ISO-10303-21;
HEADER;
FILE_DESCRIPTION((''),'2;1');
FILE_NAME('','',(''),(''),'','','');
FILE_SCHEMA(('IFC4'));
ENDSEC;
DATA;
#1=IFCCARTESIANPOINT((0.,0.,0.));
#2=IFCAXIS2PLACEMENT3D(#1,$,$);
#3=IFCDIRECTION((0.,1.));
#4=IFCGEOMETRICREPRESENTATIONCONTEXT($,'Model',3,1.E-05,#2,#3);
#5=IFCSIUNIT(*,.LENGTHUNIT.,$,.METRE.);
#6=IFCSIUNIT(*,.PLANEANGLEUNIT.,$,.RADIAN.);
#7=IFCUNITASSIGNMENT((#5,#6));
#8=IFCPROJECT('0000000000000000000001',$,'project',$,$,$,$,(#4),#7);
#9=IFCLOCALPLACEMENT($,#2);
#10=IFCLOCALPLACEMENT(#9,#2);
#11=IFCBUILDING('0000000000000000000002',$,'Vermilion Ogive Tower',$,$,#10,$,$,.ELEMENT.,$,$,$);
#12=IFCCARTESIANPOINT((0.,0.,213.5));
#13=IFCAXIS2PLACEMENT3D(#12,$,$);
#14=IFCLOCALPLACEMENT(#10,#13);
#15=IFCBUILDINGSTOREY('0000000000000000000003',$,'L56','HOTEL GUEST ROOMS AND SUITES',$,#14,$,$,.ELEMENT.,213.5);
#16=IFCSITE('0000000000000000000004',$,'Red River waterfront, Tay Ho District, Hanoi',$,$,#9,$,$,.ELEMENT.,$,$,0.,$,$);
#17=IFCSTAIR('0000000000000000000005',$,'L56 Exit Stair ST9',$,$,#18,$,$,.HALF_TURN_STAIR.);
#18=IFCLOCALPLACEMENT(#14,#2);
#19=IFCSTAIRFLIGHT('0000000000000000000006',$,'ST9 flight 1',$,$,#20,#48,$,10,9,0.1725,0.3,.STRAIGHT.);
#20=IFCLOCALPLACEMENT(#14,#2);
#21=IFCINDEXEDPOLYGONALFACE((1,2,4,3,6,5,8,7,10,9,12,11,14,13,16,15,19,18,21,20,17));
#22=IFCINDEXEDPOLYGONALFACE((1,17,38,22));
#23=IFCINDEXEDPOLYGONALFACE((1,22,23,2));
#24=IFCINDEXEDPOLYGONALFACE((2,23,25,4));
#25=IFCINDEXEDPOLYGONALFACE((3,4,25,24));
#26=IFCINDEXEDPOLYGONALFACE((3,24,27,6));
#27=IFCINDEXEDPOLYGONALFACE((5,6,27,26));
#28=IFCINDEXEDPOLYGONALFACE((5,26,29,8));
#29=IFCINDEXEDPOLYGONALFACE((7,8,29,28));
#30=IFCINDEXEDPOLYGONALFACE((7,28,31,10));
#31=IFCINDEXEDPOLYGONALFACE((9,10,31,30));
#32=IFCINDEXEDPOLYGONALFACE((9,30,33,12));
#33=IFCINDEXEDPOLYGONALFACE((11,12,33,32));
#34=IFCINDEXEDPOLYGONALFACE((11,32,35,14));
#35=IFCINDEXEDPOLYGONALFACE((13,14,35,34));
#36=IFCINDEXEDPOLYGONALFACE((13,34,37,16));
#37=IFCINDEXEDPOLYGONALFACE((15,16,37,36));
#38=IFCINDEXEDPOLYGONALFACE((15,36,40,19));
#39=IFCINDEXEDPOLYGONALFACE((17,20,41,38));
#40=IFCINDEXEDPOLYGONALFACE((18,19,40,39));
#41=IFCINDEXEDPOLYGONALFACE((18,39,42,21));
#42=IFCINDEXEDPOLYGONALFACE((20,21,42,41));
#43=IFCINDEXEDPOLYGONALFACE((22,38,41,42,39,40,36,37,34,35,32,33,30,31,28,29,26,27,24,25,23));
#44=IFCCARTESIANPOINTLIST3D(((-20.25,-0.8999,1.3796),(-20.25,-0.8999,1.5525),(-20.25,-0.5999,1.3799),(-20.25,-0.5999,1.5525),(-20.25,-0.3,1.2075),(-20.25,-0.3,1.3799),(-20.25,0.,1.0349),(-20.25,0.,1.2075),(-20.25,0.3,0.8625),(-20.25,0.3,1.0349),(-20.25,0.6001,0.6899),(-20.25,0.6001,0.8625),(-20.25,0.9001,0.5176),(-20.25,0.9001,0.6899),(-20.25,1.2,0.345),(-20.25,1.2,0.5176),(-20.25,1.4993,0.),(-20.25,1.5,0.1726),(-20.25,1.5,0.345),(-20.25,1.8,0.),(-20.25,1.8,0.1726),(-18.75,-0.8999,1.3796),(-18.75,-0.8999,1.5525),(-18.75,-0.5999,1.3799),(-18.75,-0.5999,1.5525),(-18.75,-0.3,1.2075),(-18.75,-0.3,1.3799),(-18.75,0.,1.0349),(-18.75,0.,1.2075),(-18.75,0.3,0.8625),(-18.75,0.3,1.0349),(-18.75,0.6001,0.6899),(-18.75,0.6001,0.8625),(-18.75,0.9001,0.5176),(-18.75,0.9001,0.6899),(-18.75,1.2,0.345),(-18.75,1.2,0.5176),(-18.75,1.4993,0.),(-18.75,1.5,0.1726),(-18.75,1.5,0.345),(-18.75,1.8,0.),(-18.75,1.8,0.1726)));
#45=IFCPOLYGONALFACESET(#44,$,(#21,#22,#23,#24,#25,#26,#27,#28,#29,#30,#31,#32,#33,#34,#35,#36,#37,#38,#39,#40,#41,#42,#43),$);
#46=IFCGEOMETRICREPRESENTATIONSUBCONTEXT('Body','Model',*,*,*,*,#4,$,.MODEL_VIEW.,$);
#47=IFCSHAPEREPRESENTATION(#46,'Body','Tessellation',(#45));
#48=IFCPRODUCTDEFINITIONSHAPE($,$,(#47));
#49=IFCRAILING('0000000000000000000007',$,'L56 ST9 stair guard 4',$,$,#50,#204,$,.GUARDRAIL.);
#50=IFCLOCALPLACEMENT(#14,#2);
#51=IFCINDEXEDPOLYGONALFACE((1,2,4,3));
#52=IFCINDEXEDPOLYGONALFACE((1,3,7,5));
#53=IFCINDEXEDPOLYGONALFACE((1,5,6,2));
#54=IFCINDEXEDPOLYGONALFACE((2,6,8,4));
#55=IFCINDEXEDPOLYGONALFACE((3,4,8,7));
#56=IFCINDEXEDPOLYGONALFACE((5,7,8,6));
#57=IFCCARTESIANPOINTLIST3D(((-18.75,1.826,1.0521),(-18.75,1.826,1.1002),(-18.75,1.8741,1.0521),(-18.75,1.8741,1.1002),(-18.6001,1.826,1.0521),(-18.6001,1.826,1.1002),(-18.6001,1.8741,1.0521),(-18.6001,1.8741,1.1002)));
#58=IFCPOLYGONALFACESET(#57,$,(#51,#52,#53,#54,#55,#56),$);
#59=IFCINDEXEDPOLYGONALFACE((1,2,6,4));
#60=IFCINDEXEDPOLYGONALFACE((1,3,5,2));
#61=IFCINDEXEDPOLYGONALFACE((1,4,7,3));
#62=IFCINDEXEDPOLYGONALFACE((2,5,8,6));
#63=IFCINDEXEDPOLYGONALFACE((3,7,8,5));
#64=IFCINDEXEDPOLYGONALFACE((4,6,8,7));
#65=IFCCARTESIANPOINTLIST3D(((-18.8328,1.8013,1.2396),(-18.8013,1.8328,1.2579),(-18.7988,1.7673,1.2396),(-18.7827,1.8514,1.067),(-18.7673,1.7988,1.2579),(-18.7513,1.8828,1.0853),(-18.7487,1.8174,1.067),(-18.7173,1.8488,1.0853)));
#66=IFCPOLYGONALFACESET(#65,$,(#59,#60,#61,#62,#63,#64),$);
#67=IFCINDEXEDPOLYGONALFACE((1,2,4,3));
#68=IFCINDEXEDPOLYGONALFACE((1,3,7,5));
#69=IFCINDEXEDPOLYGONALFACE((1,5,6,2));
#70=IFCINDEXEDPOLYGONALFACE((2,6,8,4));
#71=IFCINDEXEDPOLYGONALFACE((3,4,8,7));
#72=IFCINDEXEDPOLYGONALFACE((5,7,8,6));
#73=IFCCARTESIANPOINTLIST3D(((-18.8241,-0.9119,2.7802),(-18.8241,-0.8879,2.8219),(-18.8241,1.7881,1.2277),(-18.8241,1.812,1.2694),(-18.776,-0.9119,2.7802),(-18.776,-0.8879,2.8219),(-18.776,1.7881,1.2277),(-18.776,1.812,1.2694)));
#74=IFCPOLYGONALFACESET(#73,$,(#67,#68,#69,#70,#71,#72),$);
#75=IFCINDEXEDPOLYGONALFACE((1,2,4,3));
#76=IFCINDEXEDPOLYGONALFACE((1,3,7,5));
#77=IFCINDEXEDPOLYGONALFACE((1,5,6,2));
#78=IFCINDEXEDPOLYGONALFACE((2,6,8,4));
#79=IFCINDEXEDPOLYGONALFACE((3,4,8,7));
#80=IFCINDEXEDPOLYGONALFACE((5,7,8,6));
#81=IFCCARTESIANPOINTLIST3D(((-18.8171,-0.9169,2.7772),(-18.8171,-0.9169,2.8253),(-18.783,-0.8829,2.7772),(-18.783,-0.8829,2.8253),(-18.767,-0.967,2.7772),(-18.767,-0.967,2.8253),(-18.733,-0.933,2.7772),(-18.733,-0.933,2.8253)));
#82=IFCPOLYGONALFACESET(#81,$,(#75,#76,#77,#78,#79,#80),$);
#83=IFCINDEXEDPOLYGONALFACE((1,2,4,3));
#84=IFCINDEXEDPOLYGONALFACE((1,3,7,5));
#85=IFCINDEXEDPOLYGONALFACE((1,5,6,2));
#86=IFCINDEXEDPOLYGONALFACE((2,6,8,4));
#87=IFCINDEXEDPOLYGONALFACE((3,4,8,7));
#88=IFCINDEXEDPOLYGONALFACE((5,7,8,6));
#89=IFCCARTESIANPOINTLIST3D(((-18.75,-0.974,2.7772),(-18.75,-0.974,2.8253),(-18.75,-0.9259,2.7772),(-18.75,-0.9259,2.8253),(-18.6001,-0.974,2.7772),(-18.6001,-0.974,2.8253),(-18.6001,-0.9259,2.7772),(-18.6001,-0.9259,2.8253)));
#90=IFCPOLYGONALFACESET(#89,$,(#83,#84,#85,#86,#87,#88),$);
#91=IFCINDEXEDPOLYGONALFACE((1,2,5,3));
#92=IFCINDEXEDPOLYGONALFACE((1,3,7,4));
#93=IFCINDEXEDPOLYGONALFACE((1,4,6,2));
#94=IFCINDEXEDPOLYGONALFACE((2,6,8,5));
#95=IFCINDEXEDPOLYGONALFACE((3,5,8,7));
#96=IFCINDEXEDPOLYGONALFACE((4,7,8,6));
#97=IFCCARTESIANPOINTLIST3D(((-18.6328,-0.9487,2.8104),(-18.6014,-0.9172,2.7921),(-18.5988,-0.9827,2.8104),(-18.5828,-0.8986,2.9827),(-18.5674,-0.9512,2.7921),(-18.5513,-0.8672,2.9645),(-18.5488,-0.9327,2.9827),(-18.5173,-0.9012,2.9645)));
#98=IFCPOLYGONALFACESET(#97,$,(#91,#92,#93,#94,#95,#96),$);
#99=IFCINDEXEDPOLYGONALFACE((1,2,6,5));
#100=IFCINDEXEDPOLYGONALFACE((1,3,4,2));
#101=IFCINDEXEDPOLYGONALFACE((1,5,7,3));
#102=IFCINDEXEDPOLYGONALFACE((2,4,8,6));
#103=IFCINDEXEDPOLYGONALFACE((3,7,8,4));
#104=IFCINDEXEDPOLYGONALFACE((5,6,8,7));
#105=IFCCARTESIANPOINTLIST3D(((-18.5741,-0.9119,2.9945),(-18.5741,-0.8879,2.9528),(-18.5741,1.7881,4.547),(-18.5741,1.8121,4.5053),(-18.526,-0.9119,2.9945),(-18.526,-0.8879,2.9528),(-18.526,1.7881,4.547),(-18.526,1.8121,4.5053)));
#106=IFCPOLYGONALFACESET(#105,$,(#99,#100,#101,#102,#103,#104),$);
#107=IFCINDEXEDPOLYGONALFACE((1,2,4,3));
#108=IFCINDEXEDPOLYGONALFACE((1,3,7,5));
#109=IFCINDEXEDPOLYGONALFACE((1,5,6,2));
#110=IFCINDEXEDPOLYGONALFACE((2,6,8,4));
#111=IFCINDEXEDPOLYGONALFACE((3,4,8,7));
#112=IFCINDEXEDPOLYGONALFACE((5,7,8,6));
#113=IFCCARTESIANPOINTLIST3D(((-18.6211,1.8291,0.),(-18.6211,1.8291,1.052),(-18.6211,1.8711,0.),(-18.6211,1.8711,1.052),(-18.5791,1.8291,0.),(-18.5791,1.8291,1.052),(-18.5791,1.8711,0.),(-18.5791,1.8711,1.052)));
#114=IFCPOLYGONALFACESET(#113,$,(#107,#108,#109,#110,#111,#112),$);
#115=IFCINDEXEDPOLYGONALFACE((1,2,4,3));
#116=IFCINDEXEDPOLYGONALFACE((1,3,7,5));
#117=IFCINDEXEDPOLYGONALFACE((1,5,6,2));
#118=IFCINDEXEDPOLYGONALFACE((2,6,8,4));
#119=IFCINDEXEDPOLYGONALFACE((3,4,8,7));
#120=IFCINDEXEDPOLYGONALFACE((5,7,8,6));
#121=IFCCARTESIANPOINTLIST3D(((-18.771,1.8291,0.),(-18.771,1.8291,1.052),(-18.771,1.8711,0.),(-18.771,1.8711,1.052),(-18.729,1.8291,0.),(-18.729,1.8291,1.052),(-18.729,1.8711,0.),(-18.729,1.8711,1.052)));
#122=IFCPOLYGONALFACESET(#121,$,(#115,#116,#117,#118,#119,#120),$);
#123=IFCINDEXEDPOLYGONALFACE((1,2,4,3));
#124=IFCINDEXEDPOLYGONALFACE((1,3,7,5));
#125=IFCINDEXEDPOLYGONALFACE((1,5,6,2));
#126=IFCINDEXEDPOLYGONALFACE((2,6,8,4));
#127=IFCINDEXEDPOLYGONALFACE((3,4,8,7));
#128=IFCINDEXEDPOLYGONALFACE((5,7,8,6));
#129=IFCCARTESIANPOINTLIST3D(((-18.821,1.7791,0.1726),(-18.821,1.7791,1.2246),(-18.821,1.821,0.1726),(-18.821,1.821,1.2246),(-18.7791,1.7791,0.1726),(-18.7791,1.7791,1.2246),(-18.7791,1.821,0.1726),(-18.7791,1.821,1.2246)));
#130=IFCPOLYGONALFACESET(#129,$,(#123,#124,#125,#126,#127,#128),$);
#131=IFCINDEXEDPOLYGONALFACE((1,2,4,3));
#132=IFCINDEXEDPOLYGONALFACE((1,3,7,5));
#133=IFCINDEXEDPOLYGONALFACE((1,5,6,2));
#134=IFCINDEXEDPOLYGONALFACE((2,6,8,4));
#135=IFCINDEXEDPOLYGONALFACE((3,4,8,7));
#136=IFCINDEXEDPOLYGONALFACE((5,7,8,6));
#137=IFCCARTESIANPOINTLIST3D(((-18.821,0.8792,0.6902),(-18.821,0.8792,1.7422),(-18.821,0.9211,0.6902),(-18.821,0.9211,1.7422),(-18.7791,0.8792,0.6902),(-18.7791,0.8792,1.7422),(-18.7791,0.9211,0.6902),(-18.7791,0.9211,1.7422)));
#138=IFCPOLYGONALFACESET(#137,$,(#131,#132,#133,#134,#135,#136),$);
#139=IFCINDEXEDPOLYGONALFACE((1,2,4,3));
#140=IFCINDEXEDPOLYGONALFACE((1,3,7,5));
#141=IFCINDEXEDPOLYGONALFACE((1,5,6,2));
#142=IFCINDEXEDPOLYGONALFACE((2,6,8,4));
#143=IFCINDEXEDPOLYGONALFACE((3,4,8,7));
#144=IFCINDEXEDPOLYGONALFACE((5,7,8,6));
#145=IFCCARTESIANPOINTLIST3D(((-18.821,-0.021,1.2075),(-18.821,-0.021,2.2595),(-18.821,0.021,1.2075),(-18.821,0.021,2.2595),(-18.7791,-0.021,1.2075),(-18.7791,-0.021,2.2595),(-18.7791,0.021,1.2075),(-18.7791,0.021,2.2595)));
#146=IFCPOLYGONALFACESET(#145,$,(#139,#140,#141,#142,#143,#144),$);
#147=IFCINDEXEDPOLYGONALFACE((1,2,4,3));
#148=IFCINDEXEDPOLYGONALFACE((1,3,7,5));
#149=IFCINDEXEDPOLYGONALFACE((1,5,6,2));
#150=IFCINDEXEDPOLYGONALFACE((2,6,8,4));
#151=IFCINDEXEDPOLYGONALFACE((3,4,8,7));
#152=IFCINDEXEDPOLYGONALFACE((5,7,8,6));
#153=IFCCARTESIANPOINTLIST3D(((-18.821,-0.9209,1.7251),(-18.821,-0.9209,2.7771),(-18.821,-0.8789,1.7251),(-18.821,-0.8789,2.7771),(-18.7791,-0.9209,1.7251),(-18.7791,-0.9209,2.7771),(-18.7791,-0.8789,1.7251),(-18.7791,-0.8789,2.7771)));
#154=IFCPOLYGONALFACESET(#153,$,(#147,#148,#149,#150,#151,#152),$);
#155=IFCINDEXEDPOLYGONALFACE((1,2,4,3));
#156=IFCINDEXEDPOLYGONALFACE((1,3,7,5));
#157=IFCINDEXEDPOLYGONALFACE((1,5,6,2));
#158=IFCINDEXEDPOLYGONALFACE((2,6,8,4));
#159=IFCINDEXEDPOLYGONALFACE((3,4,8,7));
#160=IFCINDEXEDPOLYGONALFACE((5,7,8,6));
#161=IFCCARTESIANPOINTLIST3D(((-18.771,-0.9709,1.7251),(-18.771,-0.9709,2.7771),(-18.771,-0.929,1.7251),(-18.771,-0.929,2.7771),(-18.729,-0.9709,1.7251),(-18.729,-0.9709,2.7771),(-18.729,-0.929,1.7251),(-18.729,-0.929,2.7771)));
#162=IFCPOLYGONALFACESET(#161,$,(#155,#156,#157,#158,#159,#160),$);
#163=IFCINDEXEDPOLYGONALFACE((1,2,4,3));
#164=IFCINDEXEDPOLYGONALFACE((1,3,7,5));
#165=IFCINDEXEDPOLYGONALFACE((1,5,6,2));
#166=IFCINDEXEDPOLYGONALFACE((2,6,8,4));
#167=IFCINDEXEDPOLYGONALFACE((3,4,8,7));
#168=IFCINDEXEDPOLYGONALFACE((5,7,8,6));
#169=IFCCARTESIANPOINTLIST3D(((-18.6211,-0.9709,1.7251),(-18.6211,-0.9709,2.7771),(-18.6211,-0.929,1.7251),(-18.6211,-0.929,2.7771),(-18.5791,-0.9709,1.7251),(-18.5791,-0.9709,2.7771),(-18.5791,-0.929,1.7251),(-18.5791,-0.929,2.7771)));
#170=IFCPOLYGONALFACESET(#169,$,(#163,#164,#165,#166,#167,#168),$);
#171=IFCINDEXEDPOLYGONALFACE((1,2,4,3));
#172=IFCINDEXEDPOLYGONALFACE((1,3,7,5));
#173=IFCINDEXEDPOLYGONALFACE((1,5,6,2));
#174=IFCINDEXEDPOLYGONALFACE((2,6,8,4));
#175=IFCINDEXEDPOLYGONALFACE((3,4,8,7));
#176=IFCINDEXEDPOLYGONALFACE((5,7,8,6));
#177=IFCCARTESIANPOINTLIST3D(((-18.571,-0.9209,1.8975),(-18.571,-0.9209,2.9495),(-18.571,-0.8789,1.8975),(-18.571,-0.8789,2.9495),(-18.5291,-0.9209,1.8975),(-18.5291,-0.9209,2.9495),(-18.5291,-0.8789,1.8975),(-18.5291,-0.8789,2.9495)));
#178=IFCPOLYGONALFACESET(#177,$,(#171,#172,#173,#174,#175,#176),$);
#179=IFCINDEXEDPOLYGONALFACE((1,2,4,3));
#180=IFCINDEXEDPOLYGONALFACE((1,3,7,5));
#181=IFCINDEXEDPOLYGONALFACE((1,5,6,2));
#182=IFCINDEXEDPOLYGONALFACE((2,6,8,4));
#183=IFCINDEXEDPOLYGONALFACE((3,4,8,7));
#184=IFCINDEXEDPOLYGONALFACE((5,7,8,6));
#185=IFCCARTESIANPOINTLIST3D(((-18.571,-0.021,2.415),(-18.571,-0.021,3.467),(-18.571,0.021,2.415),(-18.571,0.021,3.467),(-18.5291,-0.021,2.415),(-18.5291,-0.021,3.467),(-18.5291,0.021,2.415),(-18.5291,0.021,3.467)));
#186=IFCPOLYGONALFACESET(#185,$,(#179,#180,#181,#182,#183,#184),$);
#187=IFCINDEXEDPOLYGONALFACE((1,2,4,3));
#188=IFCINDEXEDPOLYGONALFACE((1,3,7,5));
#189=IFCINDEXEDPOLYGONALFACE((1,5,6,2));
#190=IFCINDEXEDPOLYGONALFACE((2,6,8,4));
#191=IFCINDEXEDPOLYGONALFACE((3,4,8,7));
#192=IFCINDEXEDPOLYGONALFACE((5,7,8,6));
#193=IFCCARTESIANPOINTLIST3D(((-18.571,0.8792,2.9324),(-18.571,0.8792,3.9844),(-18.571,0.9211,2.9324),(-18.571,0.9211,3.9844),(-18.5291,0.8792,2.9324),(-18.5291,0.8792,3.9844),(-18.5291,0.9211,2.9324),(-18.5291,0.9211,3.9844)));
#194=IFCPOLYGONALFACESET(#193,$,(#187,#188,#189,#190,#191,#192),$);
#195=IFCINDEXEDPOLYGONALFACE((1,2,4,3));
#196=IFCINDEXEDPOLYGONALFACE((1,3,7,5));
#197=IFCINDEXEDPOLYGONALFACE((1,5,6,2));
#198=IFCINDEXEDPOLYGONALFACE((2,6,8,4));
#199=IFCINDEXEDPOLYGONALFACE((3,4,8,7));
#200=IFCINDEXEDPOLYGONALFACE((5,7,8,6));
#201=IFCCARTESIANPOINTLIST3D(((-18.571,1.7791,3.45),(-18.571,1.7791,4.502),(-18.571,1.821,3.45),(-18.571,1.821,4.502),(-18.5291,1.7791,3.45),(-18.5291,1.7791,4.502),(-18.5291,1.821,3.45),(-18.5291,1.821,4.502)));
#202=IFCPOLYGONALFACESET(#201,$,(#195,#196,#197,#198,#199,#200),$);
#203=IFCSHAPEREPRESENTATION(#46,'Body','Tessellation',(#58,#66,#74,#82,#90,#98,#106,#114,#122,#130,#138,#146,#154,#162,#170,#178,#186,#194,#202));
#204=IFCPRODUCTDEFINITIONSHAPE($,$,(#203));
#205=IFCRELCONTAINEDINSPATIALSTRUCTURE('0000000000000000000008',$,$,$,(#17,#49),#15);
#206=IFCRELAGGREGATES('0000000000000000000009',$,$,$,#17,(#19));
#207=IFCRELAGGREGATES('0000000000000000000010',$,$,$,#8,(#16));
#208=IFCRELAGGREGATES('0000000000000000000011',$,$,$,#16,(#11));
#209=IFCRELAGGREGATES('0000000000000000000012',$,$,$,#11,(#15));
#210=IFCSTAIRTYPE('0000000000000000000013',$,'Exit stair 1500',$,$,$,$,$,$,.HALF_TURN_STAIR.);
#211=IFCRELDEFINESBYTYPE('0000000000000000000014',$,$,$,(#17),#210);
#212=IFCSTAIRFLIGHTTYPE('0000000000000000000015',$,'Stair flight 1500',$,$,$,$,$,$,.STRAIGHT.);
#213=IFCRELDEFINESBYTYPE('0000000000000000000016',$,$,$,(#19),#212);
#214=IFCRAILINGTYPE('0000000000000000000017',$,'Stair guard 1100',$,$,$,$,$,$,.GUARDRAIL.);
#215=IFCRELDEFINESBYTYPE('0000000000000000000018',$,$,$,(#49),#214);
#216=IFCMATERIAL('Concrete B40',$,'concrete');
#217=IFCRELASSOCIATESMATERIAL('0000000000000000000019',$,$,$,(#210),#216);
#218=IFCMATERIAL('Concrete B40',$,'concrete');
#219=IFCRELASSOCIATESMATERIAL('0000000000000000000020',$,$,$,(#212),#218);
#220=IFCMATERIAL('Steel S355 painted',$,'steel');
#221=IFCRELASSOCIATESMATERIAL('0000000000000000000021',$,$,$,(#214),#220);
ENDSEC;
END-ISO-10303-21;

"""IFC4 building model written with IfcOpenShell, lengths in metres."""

from ifc_helpers import new_model, si_unit, direction, frame, origin, origin_2d, place, context, subcontext, project, spatial, polyline, rectangle, outline, extrude, material, type_object, element, aggregate, save


model = new_model("IFC4")

# Units and contexts
model_context = context("Model", 3, precision=1e-05, world=origin(), true_north=direction((0.0, 1.0)))
body_context = subcontext(model_context, "Body", "Model", "MODEL_VIEW")
ifc_project = project(units=[si_unit("LENGTHUNIT", "METRE"), si_unit("PLANEANGLEUNIT", "RADIAN")], contexts=[model_context])

# Site, building, storey
site_placement = place(None, origin())
site = spatial("IfcSite", under=ifc_project, at=site_placement, Name="Red River waterfront, Tay Ho District, Hanoi", CompositionType="ELEMENT", RefElevation=0.0)
building_placement = place(site_placement, origin())
building = spatial("IfcBuilding", under=site, at=building_placement, Name="Vermilion Ogive Tower", CompositionType="ELEMENT")
storey_placement = place(building_placement, frame((0.0, 0.0, 213.5)))
storey = spatial("IfcBuildingStorey", under=building, at=storey_placement, Name="L56", Description="HOTEL GUEST ROOMS AND SUITES", CompositionType="ELEMENT", Elevation=213.5)

# Stair, stair flight
ifc_material_1 = material(Name="Concrete B40", Category="concrete")
stair_type = type_object("IfcStairType", Name="Exit stair 1500", PredefinedType="HALF_TURN_STAIR", material=ifc_material_1)
stair_placement = place(storey_placement, origin())
stair = element("IfcStair", 1, at=stair_placement, inside=storey, type_object=stair_type, Name="L56 Exit Stair ST9", PredefinedType="HALF_TURN_STAIR")
ifc_material_2 = material(Name="Concrete B40", Category="concrete")
stair_flight_type = type_object("IfcStairFlightType", Name="Stair flight 1500", PredefinedType="STRAIGHT", material=ifc_material_2)
stair_flight_placement = place(storey_placement, frame((-19.5, 1.8, 0.0), z_axis=(0.0, 0.0, 1.0), x_axis=(0.0, -1.0, 0.0)))
stair_flight = element("IfcStairFlight", 2, at=stair_flight_placement, type_object=stair_flight_type, Name="ST9 flight 1", NumberOfRisers=10, NumberOfTreads=9, PredefinedType="STRAIGHT", RiserHeight=0.1725, TreadLength=0.3, context=body_context, shape_type="SweptSolid", body=[
    extrude(outline(polyline([(0.0, 0.0), (0.0, 0.1726), (0.3, 0.1726), (0.3, 0.345), (0.6001, 0.345), (0.6001, 0.5176), (0.8999, 0.5176), (0.8999, 0.6899), (1.2, 0.6899), (1.2, 0.8625), (1.5, 0.8625), (1.5, 1.0349), (1.8, 1.0349), (1.8, 1.2075), (2.1001, 1.2075), (2.1001, 1.3799), (2.3999, 1.3799), (2.3999, 1.5525), (2.7, 1.5525), (2.7, 1.7251), (2.7, 1.3796), (0.3008, 0.0), (0.0, 0.0)])), frame((0.0, 0.75, 0.0), z_axis=(0.0, -1.0, 0.0), x_axis=(1.0, 0.0, 0.0)), (0.0, 0.0, 1.0), 1.5),
])
aggregate(stair, [stair_flight])

# Railing
ifc_material_3 = material(Name="Steel S355 painted", Category="steel")
railing_type_1 = type_object("IfcRailingType", Name="Stair guard 1100", PredefinedType="GUARDRAIL", material=ifc_material_3)
railing_1_placement = place(storey_placement, frame((-18.6001, 1.8501, 0.0)))
element("IfcRailing", 3, at=railing_1_placement, inside=storey, type_object=railing_type_1, Name="L56 ST9 stair guard 4", PredefinedType="GUARDRAIL", context=body_context, shape_type="SweptSolid", body=[
    extrude(rectangle(XDim=0.0481, YDim=0.0481, at=origin_2d()), frame((0.0, 0.0, 1.0762), z_axis=(-1.0, 0.0, 0.0), x_axis=(0.0, -1.0, 0.0)), (0.0, 0.0, 1.0), 0.1499),
    extrude(rectangle(XDim=0.0481, YDim=0.0481, at=origin_2d()), frame((-0.1499, 0.0, 1.0762), z_axis=(-0.268278, -0.268278, 0.925232), x_axis=(0.707107, -0.707107, 0.0)), (0.0, 0.0, 1.0), 0.1865),
    extrude(rectangle(XDim=0.0481, YDim=0.0481, at=origin_2d()), frame((-0.2, -0.05, 1.2485), z_axis=(0.0, -0.866904, 0.498476), x_axis=(1.0, 0.0, 0.0)), (0.0, 0.0, 1.0), 3.1145),
    extrude(rectangle(XDim=0.0481, YDim=0.0481, at=origin_2d()), frame((-0.2, -2.75, 2.8013), z_axis=(0.707107, -0.707107, 0.0), x_axis=(0.707107, 0.707107, 0.0)), (0.0, 0.0, 1.0), 0.0708),
    extrude(rectangle(XDim=0.0481, YDim=0.0481, at=origin_2d()), frame((-0.1499, -2.8, 2.8013), z_axis=(1.0, 0.0, 0.0), x_axis=(0.0, 1.0, 0.0)), (0.0, 0.0, 1.0), 0.1499),
    extrude(rectangle(XDim=0.0481, YDim=0.0481, at=origin_2d()), frame((0.0, -2.8, 2.8013), z_axis=(0.268603, 0.268603, 0.925043), x_axis=(-0.707107, 0.707107, 0.0)), (0.0, 0.0, 1.0), 0.1863),
    extrude(rectangle(XDim=0.0481, YDim=0.0481, at=origin_2d()), frame((0.05, -2.75, 2.9736), z_axis=(0.0, 0.866904, 0.498476), x_axis=(-1.0, 0.0, 0.0)), (0.0, 0.0, 1.0), 3.1145),
    extrude(rectangle(XDim=0.042, YDim=0.042, at=origin_2d()), origin(), (0.0, 0.0, 1.0), 1.052),
    extrude(rectangle(XDim=0.042, YDim=0.042, at=origin_2d()), frame((-0.1499, 0.0, 0.0)), (0.0, 0.0, 1.0), 1.052),
    extrude(rectangle(XDim=0.042, YDim=0.042, at=origin_2d()), frame((-0.2, -0.05, 0.1726)), (0.0, 0.0, 1.0), 1.052),
    extrude(rectangle(XDim=0.042, YDim=0.042, at=origin_2d()), frame((-0.2, -0.95, 0.6902)), (0.0, 0.0, 1.0), 1.052),
    extrude(rectangle(XDim=0.042, YDim=0.042, at=origin_2d()), frame((-0.2, -1.8501, 1.2075)), (0.0, 0.0, 1.0), 1.052),
    extrude(rectangle(XDim=0.042, YDim=0.042, at=origin_2d()), frame((-0.2, -2.75, 1.7251)), (0.0, 0.0, 1.0), 1.052),
    extrude(rectangle(XDim=0.042, YDim=0.042, at=origin_2d()), frame((-0.1499, -2.8, 1.7251)), (0.0, 0.0, 1.0), 1.052),
    extrude(rectangle(XDim=0.042, YDim=0.042, at=origin_2d()), frame((0.0, -2.8, 1.7251)), (0.0, 0.0, 1.0), 1.052),
    extrude(rectangle(XDim=0.042, YDim=0.042, at=origin_2d()), frame((0.05, -2.75, 1.8975)), (0.0, 0.0, 1.0), 1.052),
    extrude(rectangle(XDim=0.042, YDim=0.042, at=origin_2d()), frame((0.05, -1.8501, 2.415)), (0.0, 0.0, 1.0), 1.052),
    extrude(rectangle(XDim=0.042, YDim=0.042, at=origin_2d()), frame((0.05, -0.95, 2.9324)), (0.0, 0.0, 1.0), 1.052),
    extrude(rectangle(XDim=0.042, YDim=0.042, at=origin_2d()), frame((0.05, -0.05, 3.45)), (0.0, 0.0, 1.0), 1.052),
])

save(model, "model.ifc")
